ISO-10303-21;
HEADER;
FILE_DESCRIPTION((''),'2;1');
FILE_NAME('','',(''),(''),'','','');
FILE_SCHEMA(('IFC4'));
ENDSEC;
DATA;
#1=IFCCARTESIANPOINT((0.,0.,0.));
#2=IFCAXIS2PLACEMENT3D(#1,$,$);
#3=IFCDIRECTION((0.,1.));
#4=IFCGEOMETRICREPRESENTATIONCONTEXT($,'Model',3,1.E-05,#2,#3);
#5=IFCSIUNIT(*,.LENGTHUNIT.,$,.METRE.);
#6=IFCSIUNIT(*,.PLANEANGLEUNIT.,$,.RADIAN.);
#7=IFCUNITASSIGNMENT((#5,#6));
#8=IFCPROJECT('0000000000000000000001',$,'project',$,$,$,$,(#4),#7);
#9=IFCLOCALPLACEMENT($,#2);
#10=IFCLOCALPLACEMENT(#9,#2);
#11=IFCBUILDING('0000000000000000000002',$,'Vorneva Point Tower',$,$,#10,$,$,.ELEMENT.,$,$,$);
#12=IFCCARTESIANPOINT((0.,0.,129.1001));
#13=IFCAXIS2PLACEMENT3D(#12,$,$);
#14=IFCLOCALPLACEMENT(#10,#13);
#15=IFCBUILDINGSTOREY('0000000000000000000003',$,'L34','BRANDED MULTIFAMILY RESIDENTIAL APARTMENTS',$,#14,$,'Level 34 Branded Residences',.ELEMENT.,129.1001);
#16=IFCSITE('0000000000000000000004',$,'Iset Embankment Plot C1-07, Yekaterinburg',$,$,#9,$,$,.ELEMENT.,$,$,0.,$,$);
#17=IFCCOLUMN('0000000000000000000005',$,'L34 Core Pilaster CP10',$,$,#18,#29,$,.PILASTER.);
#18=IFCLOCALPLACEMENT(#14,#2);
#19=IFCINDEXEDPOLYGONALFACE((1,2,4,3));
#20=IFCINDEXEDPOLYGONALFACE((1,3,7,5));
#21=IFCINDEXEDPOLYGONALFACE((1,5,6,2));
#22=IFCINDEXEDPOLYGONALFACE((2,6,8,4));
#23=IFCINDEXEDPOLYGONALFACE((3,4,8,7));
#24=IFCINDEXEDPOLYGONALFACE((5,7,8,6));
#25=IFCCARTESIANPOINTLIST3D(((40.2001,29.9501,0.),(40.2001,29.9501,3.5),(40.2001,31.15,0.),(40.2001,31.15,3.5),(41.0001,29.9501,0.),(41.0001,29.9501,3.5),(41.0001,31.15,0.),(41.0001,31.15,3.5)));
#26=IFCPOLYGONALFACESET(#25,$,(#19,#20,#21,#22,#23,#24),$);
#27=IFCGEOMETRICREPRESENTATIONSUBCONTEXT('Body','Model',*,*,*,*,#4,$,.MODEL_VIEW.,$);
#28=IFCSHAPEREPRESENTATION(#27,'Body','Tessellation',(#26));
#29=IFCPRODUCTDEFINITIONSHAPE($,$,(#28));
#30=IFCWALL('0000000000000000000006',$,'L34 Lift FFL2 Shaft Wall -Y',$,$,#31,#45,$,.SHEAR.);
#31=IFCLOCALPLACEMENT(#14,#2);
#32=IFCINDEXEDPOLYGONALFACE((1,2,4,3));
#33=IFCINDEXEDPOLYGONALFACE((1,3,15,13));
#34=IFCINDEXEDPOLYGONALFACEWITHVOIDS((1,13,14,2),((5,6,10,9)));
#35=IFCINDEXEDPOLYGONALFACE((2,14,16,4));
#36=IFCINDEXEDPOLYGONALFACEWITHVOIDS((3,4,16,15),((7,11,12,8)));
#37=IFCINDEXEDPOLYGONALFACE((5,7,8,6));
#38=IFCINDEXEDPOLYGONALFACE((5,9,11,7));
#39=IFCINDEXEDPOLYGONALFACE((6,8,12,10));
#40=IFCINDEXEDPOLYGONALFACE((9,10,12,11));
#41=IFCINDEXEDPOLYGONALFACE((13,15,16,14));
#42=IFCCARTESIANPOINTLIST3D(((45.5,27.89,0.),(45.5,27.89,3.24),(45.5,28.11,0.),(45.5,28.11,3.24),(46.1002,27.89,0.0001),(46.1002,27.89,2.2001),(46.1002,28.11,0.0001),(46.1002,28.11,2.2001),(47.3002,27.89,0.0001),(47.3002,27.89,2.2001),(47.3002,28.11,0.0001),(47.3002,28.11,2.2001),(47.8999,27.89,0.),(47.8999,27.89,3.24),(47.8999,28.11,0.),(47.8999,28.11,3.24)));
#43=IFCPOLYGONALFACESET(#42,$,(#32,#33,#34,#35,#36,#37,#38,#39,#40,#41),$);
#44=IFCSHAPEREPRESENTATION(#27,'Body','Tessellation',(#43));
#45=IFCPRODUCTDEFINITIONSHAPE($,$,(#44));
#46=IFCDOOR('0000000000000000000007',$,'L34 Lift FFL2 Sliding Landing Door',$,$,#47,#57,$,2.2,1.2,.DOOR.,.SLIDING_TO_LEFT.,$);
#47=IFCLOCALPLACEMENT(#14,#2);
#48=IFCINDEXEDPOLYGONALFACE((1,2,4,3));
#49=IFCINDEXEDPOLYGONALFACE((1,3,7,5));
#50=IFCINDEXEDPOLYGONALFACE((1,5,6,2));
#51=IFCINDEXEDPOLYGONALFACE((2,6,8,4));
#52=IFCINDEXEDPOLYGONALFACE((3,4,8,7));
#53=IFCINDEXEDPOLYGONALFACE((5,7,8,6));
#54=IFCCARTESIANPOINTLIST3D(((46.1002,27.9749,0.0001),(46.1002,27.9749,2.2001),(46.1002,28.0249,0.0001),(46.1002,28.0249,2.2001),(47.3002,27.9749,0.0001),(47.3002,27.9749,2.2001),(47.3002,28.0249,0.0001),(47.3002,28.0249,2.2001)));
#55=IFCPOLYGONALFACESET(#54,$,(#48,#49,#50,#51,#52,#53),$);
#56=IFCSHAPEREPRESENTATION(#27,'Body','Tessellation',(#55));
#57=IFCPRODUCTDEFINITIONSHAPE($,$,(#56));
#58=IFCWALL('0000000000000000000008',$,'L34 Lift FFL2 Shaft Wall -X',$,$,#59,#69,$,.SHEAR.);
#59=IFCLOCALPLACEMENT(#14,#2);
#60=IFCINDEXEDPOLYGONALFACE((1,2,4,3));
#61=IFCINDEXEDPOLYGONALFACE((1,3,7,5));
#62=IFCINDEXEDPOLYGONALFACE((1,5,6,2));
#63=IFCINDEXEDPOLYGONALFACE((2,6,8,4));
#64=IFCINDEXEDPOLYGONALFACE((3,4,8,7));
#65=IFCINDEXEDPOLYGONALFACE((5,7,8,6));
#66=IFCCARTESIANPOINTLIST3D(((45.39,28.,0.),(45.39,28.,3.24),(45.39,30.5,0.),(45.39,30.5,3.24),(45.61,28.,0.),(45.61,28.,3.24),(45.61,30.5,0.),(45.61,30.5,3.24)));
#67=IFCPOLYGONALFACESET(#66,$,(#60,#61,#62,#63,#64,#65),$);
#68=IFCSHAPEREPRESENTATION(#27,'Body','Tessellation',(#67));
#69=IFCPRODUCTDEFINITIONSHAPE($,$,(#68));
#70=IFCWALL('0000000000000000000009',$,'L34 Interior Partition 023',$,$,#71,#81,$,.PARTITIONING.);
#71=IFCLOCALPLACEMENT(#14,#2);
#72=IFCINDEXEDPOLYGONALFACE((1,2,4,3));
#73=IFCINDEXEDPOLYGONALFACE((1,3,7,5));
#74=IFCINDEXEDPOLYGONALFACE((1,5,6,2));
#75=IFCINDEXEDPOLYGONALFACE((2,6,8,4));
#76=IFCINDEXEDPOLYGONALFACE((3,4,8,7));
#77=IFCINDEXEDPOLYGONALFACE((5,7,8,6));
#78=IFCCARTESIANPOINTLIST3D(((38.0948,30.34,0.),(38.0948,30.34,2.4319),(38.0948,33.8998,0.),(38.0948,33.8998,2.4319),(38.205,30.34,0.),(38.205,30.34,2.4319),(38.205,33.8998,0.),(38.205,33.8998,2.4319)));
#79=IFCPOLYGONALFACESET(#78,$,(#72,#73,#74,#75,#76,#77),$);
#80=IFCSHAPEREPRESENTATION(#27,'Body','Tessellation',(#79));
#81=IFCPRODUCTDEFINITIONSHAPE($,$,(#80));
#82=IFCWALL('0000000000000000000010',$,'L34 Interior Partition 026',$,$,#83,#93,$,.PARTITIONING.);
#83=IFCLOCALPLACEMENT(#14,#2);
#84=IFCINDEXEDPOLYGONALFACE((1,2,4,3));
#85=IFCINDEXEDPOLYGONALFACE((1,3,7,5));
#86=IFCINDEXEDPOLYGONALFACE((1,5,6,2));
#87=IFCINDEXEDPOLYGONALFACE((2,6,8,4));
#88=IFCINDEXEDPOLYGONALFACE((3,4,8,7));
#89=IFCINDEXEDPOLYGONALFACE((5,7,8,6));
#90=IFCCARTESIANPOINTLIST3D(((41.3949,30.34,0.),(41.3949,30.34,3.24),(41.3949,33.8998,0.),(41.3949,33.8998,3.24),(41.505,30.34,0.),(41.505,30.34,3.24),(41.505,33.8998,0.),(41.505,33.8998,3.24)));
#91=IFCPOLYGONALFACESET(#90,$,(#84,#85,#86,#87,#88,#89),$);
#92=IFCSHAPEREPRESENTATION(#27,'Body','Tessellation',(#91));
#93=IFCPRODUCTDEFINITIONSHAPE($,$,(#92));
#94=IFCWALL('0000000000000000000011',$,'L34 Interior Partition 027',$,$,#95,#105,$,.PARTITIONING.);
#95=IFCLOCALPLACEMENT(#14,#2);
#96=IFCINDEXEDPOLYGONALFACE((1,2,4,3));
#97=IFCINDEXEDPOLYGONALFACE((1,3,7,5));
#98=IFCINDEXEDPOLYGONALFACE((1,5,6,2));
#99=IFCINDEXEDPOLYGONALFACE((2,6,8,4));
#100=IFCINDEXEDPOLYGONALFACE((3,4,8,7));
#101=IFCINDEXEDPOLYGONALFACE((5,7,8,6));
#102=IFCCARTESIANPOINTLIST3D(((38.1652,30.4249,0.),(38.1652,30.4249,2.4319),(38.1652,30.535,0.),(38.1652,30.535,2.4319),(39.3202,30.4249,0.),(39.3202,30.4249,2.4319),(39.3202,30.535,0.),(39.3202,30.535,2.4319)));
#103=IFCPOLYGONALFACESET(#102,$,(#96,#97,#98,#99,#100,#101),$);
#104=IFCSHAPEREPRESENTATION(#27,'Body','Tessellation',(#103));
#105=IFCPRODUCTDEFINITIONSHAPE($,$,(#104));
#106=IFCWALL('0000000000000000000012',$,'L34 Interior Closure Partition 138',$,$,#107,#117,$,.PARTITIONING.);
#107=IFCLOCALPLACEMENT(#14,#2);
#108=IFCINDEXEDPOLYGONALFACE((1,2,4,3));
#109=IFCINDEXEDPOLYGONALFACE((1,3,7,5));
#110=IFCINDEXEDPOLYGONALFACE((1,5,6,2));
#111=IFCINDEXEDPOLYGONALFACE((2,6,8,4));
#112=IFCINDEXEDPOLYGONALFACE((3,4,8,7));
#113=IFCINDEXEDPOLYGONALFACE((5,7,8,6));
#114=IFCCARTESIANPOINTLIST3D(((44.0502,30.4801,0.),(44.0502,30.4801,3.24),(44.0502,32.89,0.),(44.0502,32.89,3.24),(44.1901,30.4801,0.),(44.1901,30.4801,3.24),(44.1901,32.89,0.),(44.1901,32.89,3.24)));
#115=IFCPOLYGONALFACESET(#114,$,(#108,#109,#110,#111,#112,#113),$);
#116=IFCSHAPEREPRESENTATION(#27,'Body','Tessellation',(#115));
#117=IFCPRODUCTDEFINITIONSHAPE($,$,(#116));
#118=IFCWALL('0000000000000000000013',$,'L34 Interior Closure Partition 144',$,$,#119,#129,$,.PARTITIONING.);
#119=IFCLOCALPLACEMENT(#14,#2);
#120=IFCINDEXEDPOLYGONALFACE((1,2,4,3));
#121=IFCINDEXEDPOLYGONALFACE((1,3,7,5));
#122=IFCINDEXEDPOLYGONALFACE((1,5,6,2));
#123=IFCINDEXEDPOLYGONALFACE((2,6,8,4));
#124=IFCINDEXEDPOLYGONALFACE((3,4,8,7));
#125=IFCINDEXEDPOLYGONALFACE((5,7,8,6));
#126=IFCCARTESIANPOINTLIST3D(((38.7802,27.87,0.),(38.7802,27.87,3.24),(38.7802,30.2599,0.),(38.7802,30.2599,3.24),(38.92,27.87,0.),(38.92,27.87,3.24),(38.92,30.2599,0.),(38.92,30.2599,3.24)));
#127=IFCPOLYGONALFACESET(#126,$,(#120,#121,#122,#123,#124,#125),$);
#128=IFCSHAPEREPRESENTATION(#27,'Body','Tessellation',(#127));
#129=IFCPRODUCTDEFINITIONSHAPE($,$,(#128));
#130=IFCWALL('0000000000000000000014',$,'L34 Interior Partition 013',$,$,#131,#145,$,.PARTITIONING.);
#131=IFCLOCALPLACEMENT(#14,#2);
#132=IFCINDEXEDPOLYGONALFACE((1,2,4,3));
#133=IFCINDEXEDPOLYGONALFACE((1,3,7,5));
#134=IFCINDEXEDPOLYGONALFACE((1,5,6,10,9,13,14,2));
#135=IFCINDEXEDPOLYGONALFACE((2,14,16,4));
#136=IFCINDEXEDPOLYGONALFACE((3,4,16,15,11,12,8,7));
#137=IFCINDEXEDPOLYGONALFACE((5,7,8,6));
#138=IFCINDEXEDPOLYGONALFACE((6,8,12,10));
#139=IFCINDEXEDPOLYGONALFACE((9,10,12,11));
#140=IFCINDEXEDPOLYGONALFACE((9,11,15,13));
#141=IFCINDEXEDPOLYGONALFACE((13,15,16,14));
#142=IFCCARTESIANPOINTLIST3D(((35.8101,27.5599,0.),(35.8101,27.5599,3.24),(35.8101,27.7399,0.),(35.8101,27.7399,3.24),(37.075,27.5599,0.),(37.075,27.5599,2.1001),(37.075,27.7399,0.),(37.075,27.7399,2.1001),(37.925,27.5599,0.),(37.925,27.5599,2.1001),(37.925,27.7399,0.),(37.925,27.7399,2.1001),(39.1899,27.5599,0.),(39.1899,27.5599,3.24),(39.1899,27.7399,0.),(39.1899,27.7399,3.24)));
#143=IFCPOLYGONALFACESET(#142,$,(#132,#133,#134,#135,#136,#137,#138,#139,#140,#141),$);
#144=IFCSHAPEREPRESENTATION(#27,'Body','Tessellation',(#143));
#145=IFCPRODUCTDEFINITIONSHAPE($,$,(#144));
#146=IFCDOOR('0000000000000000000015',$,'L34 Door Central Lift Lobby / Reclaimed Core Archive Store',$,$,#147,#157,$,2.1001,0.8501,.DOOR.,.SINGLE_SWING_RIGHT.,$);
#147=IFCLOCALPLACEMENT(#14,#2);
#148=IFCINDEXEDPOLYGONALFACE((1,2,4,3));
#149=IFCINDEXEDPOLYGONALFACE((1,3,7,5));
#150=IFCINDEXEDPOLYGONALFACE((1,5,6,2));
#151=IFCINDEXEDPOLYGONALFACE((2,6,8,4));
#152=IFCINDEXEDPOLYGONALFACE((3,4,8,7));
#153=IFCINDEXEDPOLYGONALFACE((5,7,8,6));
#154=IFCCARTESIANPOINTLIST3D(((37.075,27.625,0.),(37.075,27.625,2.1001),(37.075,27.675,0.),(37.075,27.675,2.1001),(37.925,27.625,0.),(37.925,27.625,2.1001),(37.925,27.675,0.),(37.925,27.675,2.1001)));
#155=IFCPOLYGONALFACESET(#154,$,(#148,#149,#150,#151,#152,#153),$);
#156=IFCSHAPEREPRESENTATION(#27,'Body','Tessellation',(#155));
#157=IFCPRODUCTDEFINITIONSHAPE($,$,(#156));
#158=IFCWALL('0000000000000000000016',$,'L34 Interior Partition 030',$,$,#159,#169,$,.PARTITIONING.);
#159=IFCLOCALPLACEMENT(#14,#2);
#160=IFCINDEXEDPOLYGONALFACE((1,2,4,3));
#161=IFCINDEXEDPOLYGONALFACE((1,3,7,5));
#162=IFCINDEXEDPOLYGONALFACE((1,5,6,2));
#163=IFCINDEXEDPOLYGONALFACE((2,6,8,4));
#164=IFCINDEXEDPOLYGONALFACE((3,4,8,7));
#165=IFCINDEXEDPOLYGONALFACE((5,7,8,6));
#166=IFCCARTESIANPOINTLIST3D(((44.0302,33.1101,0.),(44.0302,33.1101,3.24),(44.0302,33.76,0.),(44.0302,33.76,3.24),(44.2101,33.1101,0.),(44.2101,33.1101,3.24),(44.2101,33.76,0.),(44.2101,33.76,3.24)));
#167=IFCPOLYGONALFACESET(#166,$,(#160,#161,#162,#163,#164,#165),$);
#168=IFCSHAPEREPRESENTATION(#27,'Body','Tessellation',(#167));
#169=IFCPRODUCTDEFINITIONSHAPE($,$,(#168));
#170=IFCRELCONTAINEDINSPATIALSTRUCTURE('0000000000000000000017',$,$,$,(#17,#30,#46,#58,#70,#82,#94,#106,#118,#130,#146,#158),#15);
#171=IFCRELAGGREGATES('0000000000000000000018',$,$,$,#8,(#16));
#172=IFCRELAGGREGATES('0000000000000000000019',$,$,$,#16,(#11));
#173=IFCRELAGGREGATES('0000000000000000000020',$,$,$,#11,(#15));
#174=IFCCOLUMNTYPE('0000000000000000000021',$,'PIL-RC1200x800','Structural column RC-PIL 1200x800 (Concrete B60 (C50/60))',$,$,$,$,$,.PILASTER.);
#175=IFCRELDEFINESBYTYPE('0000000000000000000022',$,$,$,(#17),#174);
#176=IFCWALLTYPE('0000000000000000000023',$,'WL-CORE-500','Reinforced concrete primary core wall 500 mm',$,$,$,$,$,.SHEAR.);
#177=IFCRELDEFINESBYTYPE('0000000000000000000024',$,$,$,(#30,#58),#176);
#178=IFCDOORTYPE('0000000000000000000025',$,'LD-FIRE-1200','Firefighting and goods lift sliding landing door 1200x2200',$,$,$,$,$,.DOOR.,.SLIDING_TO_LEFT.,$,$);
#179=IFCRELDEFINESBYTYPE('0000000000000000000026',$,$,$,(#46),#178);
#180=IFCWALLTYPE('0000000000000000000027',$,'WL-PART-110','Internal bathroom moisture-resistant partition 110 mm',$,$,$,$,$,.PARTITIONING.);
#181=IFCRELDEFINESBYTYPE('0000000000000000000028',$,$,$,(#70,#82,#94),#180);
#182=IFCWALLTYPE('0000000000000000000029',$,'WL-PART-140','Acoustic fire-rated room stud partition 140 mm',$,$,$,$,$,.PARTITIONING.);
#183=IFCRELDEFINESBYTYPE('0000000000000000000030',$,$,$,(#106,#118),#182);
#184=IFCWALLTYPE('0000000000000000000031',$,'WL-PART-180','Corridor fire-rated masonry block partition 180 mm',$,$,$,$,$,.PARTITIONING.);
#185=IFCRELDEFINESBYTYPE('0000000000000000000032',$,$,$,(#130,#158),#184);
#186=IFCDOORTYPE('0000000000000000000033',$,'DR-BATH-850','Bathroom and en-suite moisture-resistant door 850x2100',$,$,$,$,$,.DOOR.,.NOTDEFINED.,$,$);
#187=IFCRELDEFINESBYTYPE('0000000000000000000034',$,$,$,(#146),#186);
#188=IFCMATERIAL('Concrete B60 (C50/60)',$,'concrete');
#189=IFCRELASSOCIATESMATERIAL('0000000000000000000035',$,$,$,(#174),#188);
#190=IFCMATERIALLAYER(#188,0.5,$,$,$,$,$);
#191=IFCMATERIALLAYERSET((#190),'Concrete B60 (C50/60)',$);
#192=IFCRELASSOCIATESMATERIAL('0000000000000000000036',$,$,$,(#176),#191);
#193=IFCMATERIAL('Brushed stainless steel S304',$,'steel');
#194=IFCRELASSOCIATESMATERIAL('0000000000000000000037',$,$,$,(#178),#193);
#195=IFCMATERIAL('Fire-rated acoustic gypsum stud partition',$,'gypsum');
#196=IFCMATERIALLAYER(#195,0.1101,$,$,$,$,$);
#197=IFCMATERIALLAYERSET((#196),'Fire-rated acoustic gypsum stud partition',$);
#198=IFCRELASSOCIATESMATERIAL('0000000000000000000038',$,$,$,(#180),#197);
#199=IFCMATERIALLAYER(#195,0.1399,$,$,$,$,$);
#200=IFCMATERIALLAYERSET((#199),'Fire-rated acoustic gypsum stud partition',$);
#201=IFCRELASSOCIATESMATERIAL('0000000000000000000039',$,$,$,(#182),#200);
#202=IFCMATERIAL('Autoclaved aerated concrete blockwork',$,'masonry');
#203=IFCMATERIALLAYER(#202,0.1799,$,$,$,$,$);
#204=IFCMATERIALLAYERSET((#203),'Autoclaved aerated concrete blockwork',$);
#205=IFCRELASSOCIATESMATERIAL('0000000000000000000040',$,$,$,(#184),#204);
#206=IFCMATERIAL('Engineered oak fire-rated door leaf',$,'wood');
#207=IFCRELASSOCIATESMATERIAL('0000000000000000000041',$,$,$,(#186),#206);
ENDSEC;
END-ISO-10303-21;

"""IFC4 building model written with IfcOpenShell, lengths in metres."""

from ifc_helpers import new_model, si_unit, direction, frame, frame_2d, origin, origin_2d, place, context, subcontext, project, spatial, rectangle, extrude, material, layer, layer_set, material_profile, profile_set, type_object, element, fill, save


model = new_model("IFC4")

# Units and contexts
model_context = context("Model", 3, precision=1e-05, world=origin(), true_north=direction((0.0, 1.0)))
body_context = subcontext(model_context, "Body", "Model", "MODEL_VIEW")
ifc_project = project(units=[si_unit("LENGTHUNIT", "METRE"), si_unit("PLANEANGLEUNIT", "RADIAN")], contexts=[model_context])

# Site, building, storey
site_placement = place(None, origin())
site = spatial("IfcSite", under=ifc_project, at=site_placement, Name="Iset Embankment Plot C1-07, Yekaterinburg", CompositionType="ELEMENT", RefElevation=0.0)
building_placement = place(site_placement, origin())
building = spatial("IfcBuilding", under=site, at=building_placement, Name="Vorneva Point Tower", CompositionType="ELEMENT")
storey_placement = place(building_placement, frame((0.0, 0.0, 129.1001)))
storey = spatial("IfcBuildingStorey", under=building, at=storey_placement, Name="L34", Description="BRANDED MULTIFAMILY RESIDENTIAL APARTMENTS", LongName="Level 34 Branded Residences", CompositionType="ELEMENT", Elevation=129.1001)

# Column
ifc_material_1 = material(Name="Concrete B60 (C50/60)", Category="concrete")
ifc_material_profile = material_profile(ifc_material_1, rectangle(XDim=0.8, YDim=1.2, at=origin_2d()), Name="RC-PIL 1200x800")
ifc_profile_set = profile_set([ifc_material_profile], Name="Concrete B60 (C50/60)")
column_type = type_object("IfcColumnType", Name="PIL-RC1200x800", Description="Structural column RC-PIL 1200x800 (Concrete B60 (C50/60))", PredefinedType="PILASTER", material=ifc_profile_set)
column_placement = place(storey_placement, frame((40.6001, 30.55, 0.0), z_axis=(0.0, 0.0, 1.0), x_axis=(1.0, 0.0, 0.0)))
element("IfcColumn", 1, at=column_placement, inside=storey, type_object=column_type, Name="L34 Core Pilaster CP10", PredefinedType="PILASTER", context=body_context, shape_type="SweptSolid", body=[
    extrude(rectangle(XDim=0.8, YDim=1.2, at=origin_2d()), origin(), (0.0, 0.0, 1.0), 3.5),
])

# Wall, opening, door
ifc_layer_1 = layer(ifc_material_1, 0.5)
ifc_layer_set_1 = layer_set([ifc_layer_1], Name="Concrete B60 (C50/60)")
wall_type_1 = type_object("IfcWallType", Name="WL-CORE-500", Description="Reinforced concrete primary core wall 500 mm", PredefinedType="SHEAR", material=ifc_layer_set_1)
wall_1_placement = place(storey_placement, frame((45.5, 28.0, 0.0), z_axis=(0.0, 0.0, 1.0), x_axis=(1.0, 0.0, 0.0)))
wall_1 = element("IfcWall", 2, at=wall_1_placement, inside=storey, type_object=wall_type_1, Name="L34 Lift FFL2 Shaft Wall -Y", PredefinedType="SHEAR", context=body_context, shape_type="SweptSolid", body=[
    extrude(rectangle(XDim=2.3999, YDim=0.22, at=frame_2d((1.2, 0.0))), origin(), (0.0, 0.0, 1.0), 3.24),
])
opening_1_placement = place(wall_1_placement, frame((0.6001, 0.0, 0.0)))
opening_1 = element("IfcOpeningElement", 3, at=opening_1_placement, cuts=wall_1, PredefinedType="OPENING", context=body_context, shape_type="SweptSolid", body=[
    extrude(rectangle(XDim=1.2, YDim=2.2, at=frame_2d((0.6001, 1.1001))), frame((0.0, 0.125, 0.0), z_axis=(0.0, -1.0, 0.0), x_axis=(1.0, 0.0, 0.0)), (0.0, 0.0, 1.0), 0.2498),
])
ifc_material_2 = material(Name="Brushed stainless steel S304", Category="steel")
door_type_1 = type_object("IfcDoorType", Name="LD-FIRE-1200", Description="Firefighting and goods lift sliding landing door 1200x2200", OperationType="SLIDING_TO_LEFT", PredefinedType="DOOR", material=ifc_material_2)
door_1_placement = place(opening_1_placement, origin())
door_1 = element("IfcDoor", 4, at=door_1_placement, inside=storey, type_object=door_type_1, Name="L34 Lift FFL2 Sliding Landing Door", OperationType="SLIDING_TO_LEFT", OverallHeight=2.2, OverallWidth=1.2, PredefinedType="DOOR", context=body_context, shape_type="SweptSolid", body=[
    extrude(rectangle(XDim=1.2, YDim=2.2, at=frame_2d((0.6001, 1.1001))), frame((0.0, 0.0249, 0.0), z_axis=(0.0, -1.0, 0.0), x_axis=(1.0, 0.0, 0.0)), (0.0, 0.0, 1.0), 0.05),
])
fill(opening_1, door_1)

# Walls
wall_2_placement = place(storey_placement, frame((45.5, 30.5, 0.0), z_axis=(0.0, 0.0, 1.0), x_axis=(0.0, -1.0, 0.0)))
element("IfcWall", 5, at=wall_2_placement, inside=storey, type_object=wall_type_1, Name="L34 Lift FFL2 Shaft Wall -X", PredefinedType="SHEAR", context=body_context, shape_type="SweptSolid", body=[
    extrude(rectangle(XDim=2.5, YDim=0.22, at=frame_2d((1.25, 0.0))), origin(), (0.0, 0.0, 1.0), 3.24),
])
ifc_material_3 = material(Name="Fire-rated acoustic gypsum stud partition", Category="gypsum")
ifc_layer_2 = layer(ifc_material_3, 0.1101)
ifc_layer_set_2 = layer_set([ifc_layer_2], Name="Fire-rated acoustic gypsum stud partition")
wall_type_2 = type_object("IfcWallType", Name="WL-PART-110", Description="Internal bathroom moisture-resistant partition 110 mm", PredefinedType="PARTITIONING", material=ifc_layer_set_2)
wall_3_placement = place(storey_placement, frame((38.1499, 30.3401, 0.0), z_axis=(0.0, 0.0, 1.0), x_axis=(0.0, 1.0, 0.0)))
element("IfcWall", 6, at=wall_3_placement, inside=storey, type_object=wall_type_2, Name="L34 Interior Partition 023", PredefinedType="PARTITIONING", context=body_context, shape_type="SweptSolid", body=[
    extrude(rectangle(XDim=3.5598, YDim=0.1101, at=frame_2d((1.7798, 0.0))), origin(), (0.0, 0.0, 1.0), 2.4319),
])
wall_4_placement = place(storey_placement, frame((41.45, 30.3401, 0.0), z_axis=(0.0, 0.0, 1.0), x_axis=(0.0, 1.0, 0.0)))
element("IfcWall", 7, at=wall_4_placement, inside=storey, type_object=wall_type_2, Name="L34 Interior Partition 026", PredefinedType="PARTITIONING", context=body_context, shape_type="SweptSolid", body=[
    extrude(rectangle(XDim=3.5598, YDim=0.1101, at=frame_2d((1.7798, 0.0))), origin(), (0.0, 0.0, 1.0), 3.24),
])
wall_5_placement = place(storey_placement, frame((38.165, 30.48, 0.0), z_axis=(0.0, 0.0, 1.0), x_axis=(1.0, 0.0, 0.0)))
element("IfcWall", 8, at=wall_5_placement, inside=storey, type_object=wall_type_2, Name="L34 Interior Partition 027", PredefinedType="PARTITIONING", context=body_context, shape_type="SweptSolid", body=[
    extrude(rectangle(XDim=1.155, YDim=0.1101, at=frame_2d((0.5776, 0.0))), origin(), (0.0, 0.0, 1.0), 2.4319),
])
ifc_layer_3 = layer(ifc_material_3, 0.1399)
ifc_layer_set_3 = layer_set([ifc_layer_3], Name="Fire-rated acoustic gypsum stud partition")
wall_type_3 = type_object("IfcWallType", Name="WL-PART-140", Description="Acoustic fire-rated room stud partition 140 mm", PredefinedType="PARTITIONING", material=ifc_layer_set_3)
wall_6_placement = place(storey_placement, frame((44.1201, 30.48, 0.0), z_axis=(0.0, 0.0, 1.0), x_axis=(0.0, 1.0, 0.0)))
element("IfcWall", 9, at=wall_6_placement, inside=storey, type_object=wall_type_3, Name="L34 Interior Closure Partition 138", PredefinedType="PARTITIONING", context=body_context, shape_type="SweptSolid", body=[
    extrude(rectangle(XDim=2.4099, YDim=0.1399, at=frame_2d((1.2051, 0.0))), origin(), (0.0, 0.0, 1.0), 3.24),
])
wall_7_placement = place(storey_placement, frame((38.8501, 27.8701, 0.0), z_axis=(0.0, 0.0, 1.0), x_axis=(0.0, 1.0, 0.0)))
element("IfcWall", 10, at=wall_7_placement, inside=storey, type_object=wall_type_3, Name="L34 Interior Closure Partition 144", PredefinedType="PARTITIONING", context=body_context, shape_type="SweptSolid", body=[
    extrude(rectangle(XDim=2.3899, YDim=0.1399, at=frame_2d((1.1948, 0.0))), origin(), (0.0, 0.0, 1.0), 3.24),
])

# Wall, opening, door
ifc_material_4 = material(Name="Autoclaved aerated concrete blockwork", Category="masonry")
ifc_layer_4 = layer(ifc_material_4, 0.1799)
ifc_layer_set_4 = layer_set([ifc_layer_4], Name="Autoclaved aerated concrete blockwork")
wall_type_4 = type_object("IfcWallType", Name="WL-PART-180", Description="Corridor fire-rated masonry block partition 180 mm", PredefinedType="PARTITIONING", material=ifc_layer_set_4)
wall_8_placement = place(storey_placement, frame((39.1899, 27.6499, 0.0), z_axis=(0.0, 0.0, 1.0), x_axis=(-1.0, 0.0, 0.0)))
wall_8 = element("IfcWall", 11, at=wall_8_placement, inside=storey, type_object=wall_type_4, Name="L34 Interior Partition 013", PredefinedType="PARTITIONING", context=body_context, shape_type="SweptSolid", body=[
    extrude(rectangle(XDim=3.3799, YDim=0.1799, at=frame_2d((1.6899, 0.0))), origin(), (0.0, 0.0, 1.0), 3.24),
])
opening_2_placement = place(wall_8_placement, frame((1.2649, 0.0, 0.0)))
opening_2 = element("IfcOpeningElement", 12, at=opening_2_placement, cuts=wall_8, PredefinedType="OPENING", context=body_context, shape_type="SweptSolid", body=[
    extrude(rectangle(XDim=0.8501, YDim=2.1001, at=frame_2d((0.425, 1.05))), frame((0.0, 0.105, 0.0), z_axis=(0.0, -1.0, 0.0), x_axis=(1.0, 0.0, 0.0)), (0.0, 0.0, 1.0), 0.2097),
])
ifc_material_5 = material(Name="Engineered oak fire-rated door leaf", Category="wood")
door_type_2 = type_object("IfcDoorType", Name="DR-BATH-850", Description="Bathroom and en-suite moisture-resistant door 850x2100", OperationType="NOTDEFINED", PredefinedType="DOOR", material=ifc_material_5)
door_2_placement = place(opening_2_placement, origin())
door_2 = element("IfcDoor", 13, at=door_2_placement, inside=storey, type_object=door_type_2, Name="L34 Door Central Lift Lobby / Reclaimed Core Archive Store", OperationType="SINGLE_SWING_RIGHT", OverallHeight=2.1001, OverallWidth=0.8501, PredefinedType="DOOR", context=body_context, shape_type="SweptSolid", body=[
    extrude(rectangle(XDim=0.8501, YDim=2.1001, at=frame_2d((0.425, 1.05))), frame((0.0, 0.0249, 0.0), z_axis=(0.0, -1.0, 0.0), x_axis=(1.0, 0.0, 0.0)), (0.0, 0.0, 1.0), 0.05),
])
fill(opening_2, door_2)

# Wall
wall_9_placement = place(storey_placement, frame((44.1201, 33.1101, 0.0), z_axis=(0.0, 0.0, 1.0), x_axis=(0.0, 1.0, 0.0)))
element("IfcWall", 14, at=wall_9_placement, inside=storey, type_object=wall_type_4, Name="L34 Interior Partition 030", PredefinedType="PARTITIONING", context=body_context, shape_type="SweptSolid", body=[
    extrude(rectangle(XDim=0.6499, YDim=0.1799, at=frame_2d((0.325, 0.0))), origin(), (0.0, 0.0, 1.0), 3.24),
])

save(model, "model.ifc")
